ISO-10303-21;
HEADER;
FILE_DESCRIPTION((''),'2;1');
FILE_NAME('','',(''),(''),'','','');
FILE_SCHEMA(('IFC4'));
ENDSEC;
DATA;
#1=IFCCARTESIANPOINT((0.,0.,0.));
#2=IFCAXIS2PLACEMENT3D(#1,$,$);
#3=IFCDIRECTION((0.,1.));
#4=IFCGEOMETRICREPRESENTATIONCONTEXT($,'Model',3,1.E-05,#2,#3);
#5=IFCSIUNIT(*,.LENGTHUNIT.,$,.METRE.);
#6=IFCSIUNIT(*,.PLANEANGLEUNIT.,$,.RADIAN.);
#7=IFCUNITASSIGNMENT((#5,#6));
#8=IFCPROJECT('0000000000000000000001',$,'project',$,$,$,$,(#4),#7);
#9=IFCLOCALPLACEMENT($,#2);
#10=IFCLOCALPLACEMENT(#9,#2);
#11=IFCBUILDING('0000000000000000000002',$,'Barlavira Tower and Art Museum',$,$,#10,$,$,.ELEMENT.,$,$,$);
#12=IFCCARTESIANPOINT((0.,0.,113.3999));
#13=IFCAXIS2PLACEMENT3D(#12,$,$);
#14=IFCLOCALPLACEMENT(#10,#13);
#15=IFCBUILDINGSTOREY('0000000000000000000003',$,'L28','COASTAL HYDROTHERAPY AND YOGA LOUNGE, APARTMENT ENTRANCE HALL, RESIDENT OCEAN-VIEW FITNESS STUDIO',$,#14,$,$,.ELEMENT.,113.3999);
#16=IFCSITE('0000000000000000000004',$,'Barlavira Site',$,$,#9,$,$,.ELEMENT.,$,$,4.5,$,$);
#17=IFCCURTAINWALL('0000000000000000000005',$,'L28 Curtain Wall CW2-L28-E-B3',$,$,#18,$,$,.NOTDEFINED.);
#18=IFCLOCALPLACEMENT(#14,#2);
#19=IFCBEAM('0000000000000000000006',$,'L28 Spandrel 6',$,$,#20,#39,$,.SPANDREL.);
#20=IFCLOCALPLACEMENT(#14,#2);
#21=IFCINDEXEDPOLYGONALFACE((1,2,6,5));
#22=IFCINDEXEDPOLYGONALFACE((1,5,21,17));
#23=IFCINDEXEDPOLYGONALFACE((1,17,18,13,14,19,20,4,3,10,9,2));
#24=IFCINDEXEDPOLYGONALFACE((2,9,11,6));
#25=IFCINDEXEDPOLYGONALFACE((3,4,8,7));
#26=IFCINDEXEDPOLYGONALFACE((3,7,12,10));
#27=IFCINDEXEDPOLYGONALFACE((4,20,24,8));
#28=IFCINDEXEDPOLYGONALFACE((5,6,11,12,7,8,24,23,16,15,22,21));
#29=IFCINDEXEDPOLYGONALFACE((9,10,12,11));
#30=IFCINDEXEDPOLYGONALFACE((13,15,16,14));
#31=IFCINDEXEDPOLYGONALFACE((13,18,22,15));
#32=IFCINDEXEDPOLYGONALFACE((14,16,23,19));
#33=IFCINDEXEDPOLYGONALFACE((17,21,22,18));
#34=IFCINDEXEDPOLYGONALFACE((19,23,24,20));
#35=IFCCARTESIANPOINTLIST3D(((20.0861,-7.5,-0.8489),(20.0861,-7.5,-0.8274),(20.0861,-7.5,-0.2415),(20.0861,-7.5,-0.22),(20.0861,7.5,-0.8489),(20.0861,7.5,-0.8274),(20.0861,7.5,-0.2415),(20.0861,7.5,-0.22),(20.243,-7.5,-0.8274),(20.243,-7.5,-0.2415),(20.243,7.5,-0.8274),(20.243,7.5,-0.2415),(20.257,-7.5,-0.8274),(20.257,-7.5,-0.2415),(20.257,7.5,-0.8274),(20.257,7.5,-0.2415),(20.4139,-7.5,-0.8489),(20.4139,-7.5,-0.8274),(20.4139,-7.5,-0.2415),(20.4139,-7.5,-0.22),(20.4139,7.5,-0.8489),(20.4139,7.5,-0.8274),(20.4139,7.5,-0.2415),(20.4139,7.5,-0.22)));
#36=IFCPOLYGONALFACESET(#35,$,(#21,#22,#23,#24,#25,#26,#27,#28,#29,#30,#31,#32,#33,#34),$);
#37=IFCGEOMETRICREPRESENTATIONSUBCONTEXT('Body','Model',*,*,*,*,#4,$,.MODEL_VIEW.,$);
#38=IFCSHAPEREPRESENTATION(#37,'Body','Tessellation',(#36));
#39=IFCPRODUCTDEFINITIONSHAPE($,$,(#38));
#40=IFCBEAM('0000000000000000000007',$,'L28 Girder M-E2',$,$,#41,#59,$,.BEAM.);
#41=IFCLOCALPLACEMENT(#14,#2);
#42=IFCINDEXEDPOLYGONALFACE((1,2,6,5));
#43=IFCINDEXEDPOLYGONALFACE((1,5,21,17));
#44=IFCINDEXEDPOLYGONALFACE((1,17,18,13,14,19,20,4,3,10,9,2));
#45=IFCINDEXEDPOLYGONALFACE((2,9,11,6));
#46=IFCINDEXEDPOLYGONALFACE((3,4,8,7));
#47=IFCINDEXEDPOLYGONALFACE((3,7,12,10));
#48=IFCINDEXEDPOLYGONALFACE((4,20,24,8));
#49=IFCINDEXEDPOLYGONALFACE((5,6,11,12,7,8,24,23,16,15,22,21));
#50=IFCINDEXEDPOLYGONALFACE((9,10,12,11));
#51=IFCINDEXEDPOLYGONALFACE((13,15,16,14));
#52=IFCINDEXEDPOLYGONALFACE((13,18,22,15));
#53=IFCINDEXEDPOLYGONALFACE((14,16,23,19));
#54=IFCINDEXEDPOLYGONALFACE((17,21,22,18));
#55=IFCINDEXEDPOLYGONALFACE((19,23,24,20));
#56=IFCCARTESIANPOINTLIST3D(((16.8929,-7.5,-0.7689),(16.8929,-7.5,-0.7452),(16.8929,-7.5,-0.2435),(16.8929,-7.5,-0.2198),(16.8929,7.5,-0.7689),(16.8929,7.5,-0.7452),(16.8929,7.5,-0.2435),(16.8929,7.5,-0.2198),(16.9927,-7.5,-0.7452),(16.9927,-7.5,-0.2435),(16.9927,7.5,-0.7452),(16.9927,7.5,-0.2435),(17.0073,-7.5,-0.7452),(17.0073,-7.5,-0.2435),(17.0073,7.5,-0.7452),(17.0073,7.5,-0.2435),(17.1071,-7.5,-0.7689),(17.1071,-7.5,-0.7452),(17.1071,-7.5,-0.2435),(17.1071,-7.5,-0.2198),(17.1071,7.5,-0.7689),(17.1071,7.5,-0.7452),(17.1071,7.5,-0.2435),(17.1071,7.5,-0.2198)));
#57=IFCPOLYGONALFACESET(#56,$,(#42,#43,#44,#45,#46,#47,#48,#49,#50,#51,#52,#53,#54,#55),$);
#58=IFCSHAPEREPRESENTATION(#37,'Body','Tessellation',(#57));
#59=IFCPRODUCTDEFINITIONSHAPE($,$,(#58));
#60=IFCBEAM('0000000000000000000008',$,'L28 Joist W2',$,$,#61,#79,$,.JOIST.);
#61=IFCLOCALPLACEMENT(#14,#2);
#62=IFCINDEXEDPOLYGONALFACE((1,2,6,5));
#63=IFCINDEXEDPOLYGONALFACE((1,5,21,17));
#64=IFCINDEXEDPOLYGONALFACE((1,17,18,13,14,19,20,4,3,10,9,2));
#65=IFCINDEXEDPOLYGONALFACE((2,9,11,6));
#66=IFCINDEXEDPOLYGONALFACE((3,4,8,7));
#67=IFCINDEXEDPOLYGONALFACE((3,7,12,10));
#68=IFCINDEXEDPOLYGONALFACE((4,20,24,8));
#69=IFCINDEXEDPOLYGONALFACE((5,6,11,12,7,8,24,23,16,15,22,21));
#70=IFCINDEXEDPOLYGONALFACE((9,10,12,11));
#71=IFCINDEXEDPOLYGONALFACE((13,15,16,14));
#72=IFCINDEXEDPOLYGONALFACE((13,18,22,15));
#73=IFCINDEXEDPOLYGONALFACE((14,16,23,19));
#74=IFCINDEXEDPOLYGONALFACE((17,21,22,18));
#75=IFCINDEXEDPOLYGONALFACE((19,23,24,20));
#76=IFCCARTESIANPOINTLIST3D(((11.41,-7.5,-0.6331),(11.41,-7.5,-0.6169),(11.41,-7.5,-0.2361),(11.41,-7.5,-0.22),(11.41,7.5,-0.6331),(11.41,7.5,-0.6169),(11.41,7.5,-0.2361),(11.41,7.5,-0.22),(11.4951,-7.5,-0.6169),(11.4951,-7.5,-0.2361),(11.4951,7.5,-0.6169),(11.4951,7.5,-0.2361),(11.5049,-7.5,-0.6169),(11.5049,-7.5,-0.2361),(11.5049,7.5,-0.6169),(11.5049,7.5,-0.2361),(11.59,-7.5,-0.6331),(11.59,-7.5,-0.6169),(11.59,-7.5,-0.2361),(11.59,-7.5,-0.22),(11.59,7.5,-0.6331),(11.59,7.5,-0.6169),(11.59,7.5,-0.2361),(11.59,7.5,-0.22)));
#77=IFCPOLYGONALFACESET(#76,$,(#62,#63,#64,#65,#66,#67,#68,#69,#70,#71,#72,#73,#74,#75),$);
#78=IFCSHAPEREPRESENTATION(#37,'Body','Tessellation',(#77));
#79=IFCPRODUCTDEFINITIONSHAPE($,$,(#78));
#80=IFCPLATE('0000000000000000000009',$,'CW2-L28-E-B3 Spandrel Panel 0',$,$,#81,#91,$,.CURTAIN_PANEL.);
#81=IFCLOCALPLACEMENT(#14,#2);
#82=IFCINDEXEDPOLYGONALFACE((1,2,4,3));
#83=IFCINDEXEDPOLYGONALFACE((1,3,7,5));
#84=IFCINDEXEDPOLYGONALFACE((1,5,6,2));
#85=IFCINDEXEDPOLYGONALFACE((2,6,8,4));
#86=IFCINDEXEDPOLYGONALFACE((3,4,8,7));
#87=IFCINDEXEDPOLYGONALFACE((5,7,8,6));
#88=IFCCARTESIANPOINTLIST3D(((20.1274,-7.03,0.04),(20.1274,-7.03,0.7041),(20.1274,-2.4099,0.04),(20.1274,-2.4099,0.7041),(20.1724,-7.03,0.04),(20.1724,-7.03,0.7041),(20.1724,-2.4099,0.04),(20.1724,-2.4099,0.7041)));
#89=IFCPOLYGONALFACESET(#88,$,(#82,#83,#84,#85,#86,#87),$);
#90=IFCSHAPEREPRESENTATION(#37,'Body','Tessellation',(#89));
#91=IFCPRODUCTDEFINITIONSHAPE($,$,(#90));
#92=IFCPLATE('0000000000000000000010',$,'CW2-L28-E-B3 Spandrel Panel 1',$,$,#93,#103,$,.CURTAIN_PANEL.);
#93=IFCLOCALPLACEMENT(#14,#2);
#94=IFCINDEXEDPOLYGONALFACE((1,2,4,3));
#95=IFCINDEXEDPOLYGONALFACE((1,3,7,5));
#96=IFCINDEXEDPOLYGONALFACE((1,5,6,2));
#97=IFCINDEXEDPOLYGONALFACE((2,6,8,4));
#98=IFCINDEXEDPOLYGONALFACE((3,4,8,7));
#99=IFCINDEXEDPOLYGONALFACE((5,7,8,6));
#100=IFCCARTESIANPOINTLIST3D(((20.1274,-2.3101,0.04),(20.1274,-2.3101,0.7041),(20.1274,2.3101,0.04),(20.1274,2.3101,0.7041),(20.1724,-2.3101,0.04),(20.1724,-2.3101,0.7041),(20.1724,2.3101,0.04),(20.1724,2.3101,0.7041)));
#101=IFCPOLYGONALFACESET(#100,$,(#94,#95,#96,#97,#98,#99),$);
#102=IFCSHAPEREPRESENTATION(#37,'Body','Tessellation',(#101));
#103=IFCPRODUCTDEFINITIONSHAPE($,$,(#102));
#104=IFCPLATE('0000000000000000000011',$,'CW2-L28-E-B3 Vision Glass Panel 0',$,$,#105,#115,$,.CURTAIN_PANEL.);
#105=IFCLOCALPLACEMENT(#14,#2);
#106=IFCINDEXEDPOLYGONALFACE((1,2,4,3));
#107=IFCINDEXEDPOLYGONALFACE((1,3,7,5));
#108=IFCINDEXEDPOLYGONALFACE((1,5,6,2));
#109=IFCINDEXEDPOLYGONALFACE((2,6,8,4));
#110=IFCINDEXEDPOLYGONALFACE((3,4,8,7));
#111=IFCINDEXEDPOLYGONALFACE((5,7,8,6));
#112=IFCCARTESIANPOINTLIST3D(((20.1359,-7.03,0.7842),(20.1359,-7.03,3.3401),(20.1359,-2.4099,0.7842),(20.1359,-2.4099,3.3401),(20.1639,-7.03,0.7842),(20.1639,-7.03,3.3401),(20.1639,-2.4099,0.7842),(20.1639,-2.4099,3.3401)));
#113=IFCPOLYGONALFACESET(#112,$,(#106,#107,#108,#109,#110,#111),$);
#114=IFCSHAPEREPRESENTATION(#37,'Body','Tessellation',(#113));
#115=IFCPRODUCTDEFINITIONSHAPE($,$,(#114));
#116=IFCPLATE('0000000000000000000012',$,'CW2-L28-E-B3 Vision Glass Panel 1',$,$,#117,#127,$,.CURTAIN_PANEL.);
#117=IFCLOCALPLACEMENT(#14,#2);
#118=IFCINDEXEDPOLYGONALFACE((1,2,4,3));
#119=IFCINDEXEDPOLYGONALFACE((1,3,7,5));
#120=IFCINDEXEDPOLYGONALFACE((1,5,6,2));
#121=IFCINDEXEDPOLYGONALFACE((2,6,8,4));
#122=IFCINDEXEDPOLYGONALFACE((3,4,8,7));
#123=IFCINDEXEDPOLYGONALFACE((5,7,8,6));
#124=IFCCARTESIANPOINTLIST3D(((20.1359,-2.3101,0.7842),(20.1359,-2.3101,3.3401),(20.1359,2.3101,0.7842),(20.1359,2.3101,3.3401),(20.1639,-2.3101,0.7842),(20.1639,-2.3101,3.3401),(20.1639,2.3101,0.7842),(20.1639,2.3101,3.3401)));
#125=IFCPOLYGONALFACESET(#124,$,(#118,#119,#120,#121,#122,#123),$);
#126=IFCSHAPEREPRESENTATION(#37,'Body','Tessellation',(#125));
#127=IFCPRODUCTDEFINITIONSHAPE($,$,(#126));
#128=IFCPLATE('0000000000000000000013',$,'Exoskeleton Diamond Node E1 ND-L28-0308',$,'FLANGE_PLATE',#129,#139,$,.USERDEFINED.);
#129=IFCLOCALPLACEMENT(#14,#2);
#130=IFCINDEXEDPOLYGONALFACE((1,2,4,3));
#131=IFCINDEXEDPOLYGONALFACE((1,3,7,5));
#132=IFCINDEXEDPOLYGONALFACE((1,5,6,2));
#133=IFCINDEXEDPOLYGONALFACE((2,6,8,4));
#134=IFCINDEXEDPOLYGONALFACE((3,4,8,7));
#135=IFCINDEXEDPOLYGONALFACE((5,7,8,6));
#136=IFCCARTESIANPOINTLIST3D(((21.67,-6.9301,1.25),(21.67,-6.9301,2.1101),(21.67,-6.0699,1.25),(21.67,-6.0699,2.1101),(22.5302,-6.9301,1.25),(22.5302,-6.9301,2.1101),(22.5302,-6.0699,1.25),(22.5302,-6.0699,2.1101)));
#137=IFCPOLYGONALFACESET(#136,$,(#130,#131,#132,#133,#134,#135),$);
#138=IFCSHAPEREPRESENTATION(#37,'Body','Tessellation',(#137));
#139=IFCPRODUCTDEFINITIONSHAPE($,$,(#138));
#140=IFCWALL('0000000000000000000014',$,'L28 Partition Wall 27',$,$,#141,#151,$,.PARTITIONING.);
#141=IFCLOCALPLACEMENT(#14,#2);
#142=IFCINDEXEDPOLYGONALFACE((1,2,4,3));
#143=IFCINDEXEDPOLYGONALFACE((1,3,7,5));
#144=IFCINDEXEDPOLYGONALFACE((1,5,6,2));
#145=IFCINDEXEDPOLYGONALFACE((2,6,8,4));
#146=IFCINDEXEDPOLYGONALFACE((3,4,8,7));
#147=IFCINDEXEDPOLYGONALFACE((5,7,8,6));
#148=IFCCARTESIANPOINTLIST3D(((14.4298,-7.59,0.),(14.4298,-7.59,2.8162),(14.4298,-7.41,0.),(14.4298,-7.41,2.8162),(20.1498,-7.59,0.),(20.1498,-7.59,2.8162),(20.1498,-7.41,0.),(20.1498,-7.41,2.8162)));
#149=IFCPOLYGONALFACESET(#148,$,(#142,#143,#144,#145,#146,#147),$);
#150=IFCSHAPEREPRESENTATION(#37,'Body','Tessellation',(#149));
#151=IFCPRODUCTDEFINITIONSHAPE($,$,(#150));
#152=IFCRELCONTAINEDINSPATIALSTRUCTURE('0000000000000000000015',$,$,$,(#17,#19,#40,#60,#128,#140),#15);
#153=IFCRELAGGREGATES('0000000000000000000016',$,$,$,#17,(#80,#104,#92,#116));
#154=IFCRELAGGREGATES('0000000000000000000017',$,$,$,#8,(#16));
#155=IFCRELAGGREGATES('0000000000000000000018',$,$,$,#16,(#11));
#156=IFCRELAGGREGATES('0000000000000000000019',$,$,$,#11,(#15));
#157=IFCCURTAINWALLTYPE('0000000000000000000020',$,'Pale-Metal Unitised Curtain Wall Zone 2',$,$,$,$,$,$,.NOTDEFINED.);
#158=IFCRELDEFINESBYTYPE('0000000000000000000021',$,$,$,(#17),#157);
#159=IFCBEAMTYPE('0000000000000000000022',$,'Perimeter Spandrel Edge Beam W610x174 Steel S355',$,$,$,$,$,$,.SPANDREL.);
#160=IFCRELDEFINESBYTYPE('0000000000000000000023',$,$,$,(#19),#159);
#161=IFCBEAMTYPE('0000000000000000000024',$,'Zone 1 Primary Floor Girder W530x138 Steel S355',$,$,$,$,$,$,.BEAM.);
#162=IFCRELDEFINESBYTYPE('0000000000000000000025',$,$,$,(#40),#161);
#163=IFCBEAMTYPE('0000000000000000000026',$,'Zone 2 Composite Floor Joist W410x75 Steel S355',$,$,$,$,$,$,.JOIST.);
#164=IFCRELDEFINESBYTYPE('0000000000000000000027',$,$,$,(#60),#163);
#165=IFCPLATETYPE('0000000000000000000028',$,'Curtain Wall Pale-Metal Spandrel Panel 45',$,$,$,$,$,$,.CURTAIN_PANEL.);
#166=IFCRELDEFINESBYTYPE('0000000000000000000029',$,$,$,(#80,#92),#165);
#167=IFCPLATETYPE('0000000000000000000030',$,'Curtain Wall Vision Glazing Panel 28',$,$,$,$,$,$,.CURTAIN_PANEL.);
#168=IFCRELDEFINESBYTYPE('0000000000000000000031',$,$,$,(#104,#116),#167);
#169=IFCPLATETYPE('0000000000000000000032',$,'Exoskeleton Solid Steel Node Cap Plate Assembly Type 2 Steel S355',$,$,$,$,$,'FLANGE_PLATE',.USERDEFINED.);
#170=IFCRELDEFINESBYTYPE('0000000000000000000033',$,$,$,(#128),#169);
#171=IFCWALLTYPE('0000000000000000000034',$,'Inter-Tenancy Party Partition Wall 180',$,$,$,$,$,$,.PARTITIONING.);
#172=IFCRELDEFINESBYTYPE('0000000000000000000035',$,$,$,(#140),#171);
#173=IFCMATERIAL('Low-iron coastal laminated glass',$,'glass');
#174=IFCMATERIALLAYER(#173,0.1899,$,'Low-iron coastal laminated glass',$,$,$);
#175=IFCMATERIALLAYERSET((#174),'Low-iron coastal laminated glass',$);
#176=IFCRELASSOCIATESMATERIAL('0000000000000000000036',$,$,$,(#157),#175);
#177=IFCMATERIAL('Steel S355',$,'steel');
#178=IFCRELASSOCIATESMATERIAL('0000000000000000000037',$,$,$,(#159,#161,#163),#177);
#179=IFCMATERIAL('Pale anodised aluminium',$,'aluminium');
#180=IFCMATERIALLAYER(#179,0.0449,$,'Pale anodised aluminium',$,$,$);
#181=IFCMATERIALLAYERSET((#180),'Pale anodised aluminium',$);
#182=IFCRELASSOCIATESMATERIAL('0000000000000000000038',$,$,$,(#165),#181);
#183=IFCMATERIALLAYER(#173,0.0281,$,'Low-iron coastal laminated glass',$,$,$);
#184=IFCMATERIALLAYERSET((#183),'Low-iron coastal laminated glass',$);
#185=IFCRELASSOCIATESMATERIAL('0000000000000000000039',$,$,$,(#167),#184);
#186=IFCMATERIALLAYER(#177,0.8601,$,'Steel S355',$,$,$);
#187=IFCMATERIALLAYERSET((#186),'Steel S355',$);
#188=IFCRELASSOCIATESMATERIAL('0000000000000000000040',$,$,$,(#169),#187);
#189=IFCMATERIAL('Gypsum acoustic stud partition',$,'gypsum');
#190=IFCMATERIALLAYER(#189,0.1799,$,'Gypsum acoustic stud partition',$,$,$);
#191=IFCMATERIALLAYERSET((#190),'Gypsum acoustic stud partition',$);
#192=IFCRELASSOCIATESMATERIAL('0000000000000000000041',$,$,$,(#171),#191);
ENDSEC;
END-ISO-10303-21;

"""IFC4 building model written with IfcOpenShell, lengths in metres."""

from ifc_helpers import new_model, si_unit, direction, frame, frame_2d, origin, origin_2d, place, context, subcontext, project, spatial, rectangle, i_section, extrude, material, layer, layer_set, material_profile, profile_set, type_object, element, aggregate, save


model = new_model("IFC4")

# Units and contexts
model_context = context("Model", 3, precision=1e-05, world=origin(), true_north=direction((0.0, 1.0)))
body_context = subcontext(model_context, "Body", "Model", "MODEL_VIEW")
ifc_project = project(units=[si_unit("LENGTHUNIT", "METRE"), si_unit("PLANEANGLEUNIT", "RADIAN")], contexts=[model_context])

# Site, building, storey
site_placement = place(None, origin())
site = spatial("IfcSite", under=ifc_project, at=site_placement, Name="Barlavira Site", CompositionType="ELEMENT", RefElevation=4.5)
building_placement = place(site_placement, origin())
building = spatial("IfcBuilding", under=site, at=building_placement, Name="Barlavira Tower and Art Museum", CompositionType="ELEMENT")
storey_placement = place(building_placement, frame((0.0, 0.0, 113.3999)))
storey = spatial("IfcBuildingStorey", under=building, at=storey_placement, Name="L28", Description="COASTAL HYDROTHERAPY AND YOGA LOUNGE, APARTMENT ENTRANCE HALL, RESIDENT OCEAN-VIEW FITNESS STUDIO", CompositionType="ELEMENT", Elevation=113.3999)

# Curtain wall
ifc_material_1 = material(Name="Low-iron coastal laminated glass", Category="glass")
ifc_layer_1 = layer(ifc_material_1, 0.1899, Name="Low-iron coastal laminated glass")
ifc_layer_set_1 = layer_set([ifc_layer_1], Name="Low-iron coastal laminated glass")
curtain_wall_type = type_object("IfcCurtainWallType", Name="Pale-Metal Unitised Curtain Wall Zone 2", PredefinedType="NOTDEFINED", material=ifc_layer_set_1)
curtain_wall_placement = place(storey_placement, origin())
curtain_wall = element("IfcCurtainWall", 1, at=curtain_wall_placement, inside=storey, type_object=curtain_wall_type, Name="L28 Curtain Wall CW2-L28-E-B3", PredefinedType="NOTDEFINED")
ifc_material_2 = material(Name="Pale anodised aluminium", Category="aluminium")

# Beams
ifc_material_3 = material(Name="Steel S355", Category="steel")
ifc_material_profile_1 = material_profile(ifc_material_3, i_section(OverallWidth=0.3279, OverallDepth=0.6289, WebThickness=0.0139, FlangeThickness=0.0215, at=origin_2d()), Name="W610x174.0")
ifc_profile_set_1 = profile_set([ifc_material_profile_1], Name="Steel S355")
beam_type_1 = type_object("IfcBeamType", Name="Perimeter Spandrel Edge Beam W610x174 Steel S355", PredefinedType="SPANDREL", material=ifc_profile_set_1)
beam_1_placement = place(storey_placement, frame((20.25, -7.5, -0.5344), z_axis=(0.0, 1.0, 0.0), x_axis=(-1.0, 0.0, 0.0)))
element("IfcBeam", 2, at=beam_1_placement, inside=storey, type_object=beam_type_1, Name="L28 Spandrel 6", PredefinedType="SPANDREL", context=body_context, shape_type="SweptSolid", body=[
    extrude(i_section(OverallWidth=0.3279, OverallDepth=0.6289, WebThickness=0.0139, FlangeThickness=0.0215, at=origin_2d()), origin(), (0.0, 0.0, 1.0), 15.0),
])
ifc_material_profile_2 = material_profile(ifc_material_3, i_section(OverallWidth=0.2141, OverallDepth=0.5491, WebThickness=0.0146, FlangeThickness=0.0237, at=origin_2d()), Name="W530x138.0")
ifc_profile_set_2 = profile_set([ifc_material_profile_2], Name="Steel S355")
beam_type_2 = type_object("IfcBeamType", Name="Zone 1 Primary Floor Girder W530x138 Steel S355", PredefinedType="BEAM", material=ifc_profile_set_2)
beam_2_placement = place(storey_placement, frame((17.0, -7.5, -0.4944), z_axis=(0.0, 1.0, 0.0), x_axis=(-1.0, 0.0, 0.0)))
element("IfcBeam", 3, at=beam_2_placement, inside=storey, type_object=beam_type_2, Name="L28 Girder M-E2", PredefinedType="BEAM", context=body_context, shape_type="SweptSolid", body=[
    extrude(i_section(OverallWidth=0.2141, OverallDepth=0.5491, WebThickness=0.0146, FlangeThickness=0.0237, at=origin_2d()), origin(), (0.0, 0.0, 1.0), 15.0),
])
ifc_material_profile_3 = material_profile(ifc_material_3, i_section(OverallWidth=0.1799, OverallDepth=0.4131, WebThickness=0.0098, FlangeThickness=0.0161, at=origin_2d()), Name="W410x75.0")
ifc_profile_set_3 = profile_set([ifc_material_profile_3], Name="Steel S355")
beam_type_3 = type_object("IfcBeamType", Name="Zone 2 Composite Floor Joist W410x75 Steel S355", PredefinedType="JOIST", material=ifc_profile_set_3)
beam_3_placement = place(storey_placement, frame((11.5, -7.5, -0.4265), z_axis=(0.0, 1.0, 0.0), x_axis=(-1.0, 0.0, 0.0)))
element("IfcBeam", 4, at=beam_3_placement, inside=storey, type_object=beam_type_3, Name="L28 Joist W2", PredefinedType="JOIST", context=body_context, shape_type="SweptSolid", body=[
    extrude(i_section(OverallWidth=0.1799, OverallDepth=0.4131, WebThickness=0.0098, FlangeThickness=0.0161, at=origin_2d()), origin(), (0.0, 0.0, 1.0), 15.0),
])

# Plates
ifc_layer_2 = layer(ifc_material_2, 0.0449, Name="Pale anodised aluminium")
ifc_layer_set_2 = layer_set([ifc_layer_2], Name="Pale anodised aluminium")
plate_type_1 = type_object("IfcPlateType", Name="Curtain Wall Pale-Metal Spandrel Panel 45", PredefinedType="CURTAIN_PANEL", material=ifc_layer_set_2)
plate_1_placement = place(storey_placement, frame((20.1499, -4.72, 0.04), z_axis=(0.0, 0.0, 1.0), x_axis=(0.0, 1.0, 0.0)))
plate_1 = element("IfcPlate", 5, at=plate_1_placement, type_object=plate_type_1, Name="CW2-L28-E-B3 Spandrel Panel 0", PredefinedType="CURTAIN_PANEL", context=body_context, shape_type="SweptSolid", body=[
    extrude(rectangle(XDim=4.6201, YDim=0.0449, at=origin_2d()), origin(), (0.0, 0.0, 1.0), 0.6641),
])
plate_2_placement = place(storey_placement, frame((20.1499, 0.0, 0.04), z_axis=(0.0, 0.0, 1.0), x_axis=(0.0, 1.0, 0.0)))
plate_2 = element("IfcPlate", 6, at=plate_2_placement, type_object=plate_type_1, Name="CW2-L28-E-B3 Spandrel Panel 1", PredefinedType="CURTAIN_PANEL", context=body_context, shape_type="SweptSolid", body=[
    extrude(rectangle(XDim=4.6201, YDim=0.0449, at=origin_2d()), origin(), (0.0, 0.0, 1.0), 0.6641),
])
ifc_layer_3 = layer(ifc_material_1, 0.0281, Name="Low-iron coastal laminated glass")
ifc_layer_set_3 = layer_set([ifc_layer_3], Name="Low-iron coastal laminated glass")
plate_type_2 = type_object("IfcPlateType", Name="Curtain Wall Vision Glazing Panel 28", PredefinedType="CURTAIN_PANEL", material=ifc_layer_set_3)
plate_3_placement = place(storey_placement, frame((20.1499, -4.72, 0.7842), z_axis=(0.0, 0.0, 1.0), x_axis=(0.0, 1.0, 0.0)))
plate_3 = element("IfcPlate", 7, at=plate_3_placement, type_object=plate_type_2, Name="CW2-L28-E-B3 Vision Glass Panel 0", PredefinedType="CURTAIN_PANEL", context=body_context, shape_type="SweptSolid", body=[
    extrude(rectangle(XDim=4.6201, YDim=0.0281, at=origin_2d()), origin(), (0.0, 0.0, 1.0), 2.5559),
])
plate_4_placement = place(storey_placement, frame((20.1499, 0.0, 0.7842), z_axis=(0.0, 0.0, 1.0), x_axis=(0.0, 1.0, 0.0)))
plate_4 = element("IfcPlate", 8, at=plate_4_placement, type_object=plate_type_2, Name="CW2-L28-E-B3 Vision Glass Panel 1", PredefinedType="CURTAIN_PANEL", context=body_context, shape_type="SweptSolid", body=[
    extrude(rectangle(XDim=4.6201, YDim=0.0281, at=origin_2d()), origin(), (0.0, 0.0, 1.0), 2.5559),
])
aggregate(curtain_wall, [plate_1, plate_3, plate_2, plate_4])
ifc_layer_4 = layer(ifc_material_3, 0.8601, Name="Steel S355")
ifc_layer_set_4 = layer_set([ifc_layer_4], Name="Steel S355")
plate_type_3 = type_object("IfcPlateType", Name="Exoskeleton Solid Steel Node Cap Plate Assembly Type 2 Steel S355", ElementType="FLANGE_PLATE", PredefinedType="USERDEFINED", material=ifc_layer_set_4)
plate_5_placement = place(storey_placement, frame((22.1001, -6.5, 1.25), z_axis=(0.0, 0.0, 1.0), x_axis=(1.0, 0.0, 0.0)))
element("IfcPlate", 9, at=plate_5_placement, inside=storey, type_object=plate_type_3, Name="Exoskeleton Diamond Node E1 ND-L28-0308", ObjectType="FLANGE_PLATE", PredefinedType="USERDEFINED", context=body_context, shape_type="SweptSolid", body=[
    extrude(rectangle(XDim=0.8601, YDim=0.8601, at=origin_2d()), origin(), (0.0, 0.0, 1.0), 0.8601),
])

# Wall
ifc_material_4 = material(Name="Gypsum acoustic stud partition", Category="gypsum")
ifc_layer_5 = layer(ifc_material_4, 0.1799, Name="Gypsum acoustic stud partition")
ifc_layer_set_5 = layer_set([ifc_layer_5], Name="Gypsum acoustic stud partition")
wall_type_1 = type_object("IfcWallType", Name="Inter-Tenancy Party Partition Wall 180", PredefinedType="PARTITIONING", material=ifc_layer_set_5)
wall_1_placement = place(storey_placement, frame((14.4299, -7.5, 0.0), z_axis=(0.0, 0.0, 1.0), x_axis=(1.0, 0.0, 0.0)))
element("IfcWall", 10, at=wall_1_placement, inside=storey, type_object=wall_type_1, Name="L28 Partition Wall 27", PredefinedType="PARTITIONING", context=body_context, shape_type="SweptSolid", body=[
    extrude(rectangle(XDim=5.72, YDim=0.1799, at=frame_2d((2.8599, 0.0))), origin(), (0.0, 0.0, 1.0), 2.8162),
])

save(model, "model.ifc")
